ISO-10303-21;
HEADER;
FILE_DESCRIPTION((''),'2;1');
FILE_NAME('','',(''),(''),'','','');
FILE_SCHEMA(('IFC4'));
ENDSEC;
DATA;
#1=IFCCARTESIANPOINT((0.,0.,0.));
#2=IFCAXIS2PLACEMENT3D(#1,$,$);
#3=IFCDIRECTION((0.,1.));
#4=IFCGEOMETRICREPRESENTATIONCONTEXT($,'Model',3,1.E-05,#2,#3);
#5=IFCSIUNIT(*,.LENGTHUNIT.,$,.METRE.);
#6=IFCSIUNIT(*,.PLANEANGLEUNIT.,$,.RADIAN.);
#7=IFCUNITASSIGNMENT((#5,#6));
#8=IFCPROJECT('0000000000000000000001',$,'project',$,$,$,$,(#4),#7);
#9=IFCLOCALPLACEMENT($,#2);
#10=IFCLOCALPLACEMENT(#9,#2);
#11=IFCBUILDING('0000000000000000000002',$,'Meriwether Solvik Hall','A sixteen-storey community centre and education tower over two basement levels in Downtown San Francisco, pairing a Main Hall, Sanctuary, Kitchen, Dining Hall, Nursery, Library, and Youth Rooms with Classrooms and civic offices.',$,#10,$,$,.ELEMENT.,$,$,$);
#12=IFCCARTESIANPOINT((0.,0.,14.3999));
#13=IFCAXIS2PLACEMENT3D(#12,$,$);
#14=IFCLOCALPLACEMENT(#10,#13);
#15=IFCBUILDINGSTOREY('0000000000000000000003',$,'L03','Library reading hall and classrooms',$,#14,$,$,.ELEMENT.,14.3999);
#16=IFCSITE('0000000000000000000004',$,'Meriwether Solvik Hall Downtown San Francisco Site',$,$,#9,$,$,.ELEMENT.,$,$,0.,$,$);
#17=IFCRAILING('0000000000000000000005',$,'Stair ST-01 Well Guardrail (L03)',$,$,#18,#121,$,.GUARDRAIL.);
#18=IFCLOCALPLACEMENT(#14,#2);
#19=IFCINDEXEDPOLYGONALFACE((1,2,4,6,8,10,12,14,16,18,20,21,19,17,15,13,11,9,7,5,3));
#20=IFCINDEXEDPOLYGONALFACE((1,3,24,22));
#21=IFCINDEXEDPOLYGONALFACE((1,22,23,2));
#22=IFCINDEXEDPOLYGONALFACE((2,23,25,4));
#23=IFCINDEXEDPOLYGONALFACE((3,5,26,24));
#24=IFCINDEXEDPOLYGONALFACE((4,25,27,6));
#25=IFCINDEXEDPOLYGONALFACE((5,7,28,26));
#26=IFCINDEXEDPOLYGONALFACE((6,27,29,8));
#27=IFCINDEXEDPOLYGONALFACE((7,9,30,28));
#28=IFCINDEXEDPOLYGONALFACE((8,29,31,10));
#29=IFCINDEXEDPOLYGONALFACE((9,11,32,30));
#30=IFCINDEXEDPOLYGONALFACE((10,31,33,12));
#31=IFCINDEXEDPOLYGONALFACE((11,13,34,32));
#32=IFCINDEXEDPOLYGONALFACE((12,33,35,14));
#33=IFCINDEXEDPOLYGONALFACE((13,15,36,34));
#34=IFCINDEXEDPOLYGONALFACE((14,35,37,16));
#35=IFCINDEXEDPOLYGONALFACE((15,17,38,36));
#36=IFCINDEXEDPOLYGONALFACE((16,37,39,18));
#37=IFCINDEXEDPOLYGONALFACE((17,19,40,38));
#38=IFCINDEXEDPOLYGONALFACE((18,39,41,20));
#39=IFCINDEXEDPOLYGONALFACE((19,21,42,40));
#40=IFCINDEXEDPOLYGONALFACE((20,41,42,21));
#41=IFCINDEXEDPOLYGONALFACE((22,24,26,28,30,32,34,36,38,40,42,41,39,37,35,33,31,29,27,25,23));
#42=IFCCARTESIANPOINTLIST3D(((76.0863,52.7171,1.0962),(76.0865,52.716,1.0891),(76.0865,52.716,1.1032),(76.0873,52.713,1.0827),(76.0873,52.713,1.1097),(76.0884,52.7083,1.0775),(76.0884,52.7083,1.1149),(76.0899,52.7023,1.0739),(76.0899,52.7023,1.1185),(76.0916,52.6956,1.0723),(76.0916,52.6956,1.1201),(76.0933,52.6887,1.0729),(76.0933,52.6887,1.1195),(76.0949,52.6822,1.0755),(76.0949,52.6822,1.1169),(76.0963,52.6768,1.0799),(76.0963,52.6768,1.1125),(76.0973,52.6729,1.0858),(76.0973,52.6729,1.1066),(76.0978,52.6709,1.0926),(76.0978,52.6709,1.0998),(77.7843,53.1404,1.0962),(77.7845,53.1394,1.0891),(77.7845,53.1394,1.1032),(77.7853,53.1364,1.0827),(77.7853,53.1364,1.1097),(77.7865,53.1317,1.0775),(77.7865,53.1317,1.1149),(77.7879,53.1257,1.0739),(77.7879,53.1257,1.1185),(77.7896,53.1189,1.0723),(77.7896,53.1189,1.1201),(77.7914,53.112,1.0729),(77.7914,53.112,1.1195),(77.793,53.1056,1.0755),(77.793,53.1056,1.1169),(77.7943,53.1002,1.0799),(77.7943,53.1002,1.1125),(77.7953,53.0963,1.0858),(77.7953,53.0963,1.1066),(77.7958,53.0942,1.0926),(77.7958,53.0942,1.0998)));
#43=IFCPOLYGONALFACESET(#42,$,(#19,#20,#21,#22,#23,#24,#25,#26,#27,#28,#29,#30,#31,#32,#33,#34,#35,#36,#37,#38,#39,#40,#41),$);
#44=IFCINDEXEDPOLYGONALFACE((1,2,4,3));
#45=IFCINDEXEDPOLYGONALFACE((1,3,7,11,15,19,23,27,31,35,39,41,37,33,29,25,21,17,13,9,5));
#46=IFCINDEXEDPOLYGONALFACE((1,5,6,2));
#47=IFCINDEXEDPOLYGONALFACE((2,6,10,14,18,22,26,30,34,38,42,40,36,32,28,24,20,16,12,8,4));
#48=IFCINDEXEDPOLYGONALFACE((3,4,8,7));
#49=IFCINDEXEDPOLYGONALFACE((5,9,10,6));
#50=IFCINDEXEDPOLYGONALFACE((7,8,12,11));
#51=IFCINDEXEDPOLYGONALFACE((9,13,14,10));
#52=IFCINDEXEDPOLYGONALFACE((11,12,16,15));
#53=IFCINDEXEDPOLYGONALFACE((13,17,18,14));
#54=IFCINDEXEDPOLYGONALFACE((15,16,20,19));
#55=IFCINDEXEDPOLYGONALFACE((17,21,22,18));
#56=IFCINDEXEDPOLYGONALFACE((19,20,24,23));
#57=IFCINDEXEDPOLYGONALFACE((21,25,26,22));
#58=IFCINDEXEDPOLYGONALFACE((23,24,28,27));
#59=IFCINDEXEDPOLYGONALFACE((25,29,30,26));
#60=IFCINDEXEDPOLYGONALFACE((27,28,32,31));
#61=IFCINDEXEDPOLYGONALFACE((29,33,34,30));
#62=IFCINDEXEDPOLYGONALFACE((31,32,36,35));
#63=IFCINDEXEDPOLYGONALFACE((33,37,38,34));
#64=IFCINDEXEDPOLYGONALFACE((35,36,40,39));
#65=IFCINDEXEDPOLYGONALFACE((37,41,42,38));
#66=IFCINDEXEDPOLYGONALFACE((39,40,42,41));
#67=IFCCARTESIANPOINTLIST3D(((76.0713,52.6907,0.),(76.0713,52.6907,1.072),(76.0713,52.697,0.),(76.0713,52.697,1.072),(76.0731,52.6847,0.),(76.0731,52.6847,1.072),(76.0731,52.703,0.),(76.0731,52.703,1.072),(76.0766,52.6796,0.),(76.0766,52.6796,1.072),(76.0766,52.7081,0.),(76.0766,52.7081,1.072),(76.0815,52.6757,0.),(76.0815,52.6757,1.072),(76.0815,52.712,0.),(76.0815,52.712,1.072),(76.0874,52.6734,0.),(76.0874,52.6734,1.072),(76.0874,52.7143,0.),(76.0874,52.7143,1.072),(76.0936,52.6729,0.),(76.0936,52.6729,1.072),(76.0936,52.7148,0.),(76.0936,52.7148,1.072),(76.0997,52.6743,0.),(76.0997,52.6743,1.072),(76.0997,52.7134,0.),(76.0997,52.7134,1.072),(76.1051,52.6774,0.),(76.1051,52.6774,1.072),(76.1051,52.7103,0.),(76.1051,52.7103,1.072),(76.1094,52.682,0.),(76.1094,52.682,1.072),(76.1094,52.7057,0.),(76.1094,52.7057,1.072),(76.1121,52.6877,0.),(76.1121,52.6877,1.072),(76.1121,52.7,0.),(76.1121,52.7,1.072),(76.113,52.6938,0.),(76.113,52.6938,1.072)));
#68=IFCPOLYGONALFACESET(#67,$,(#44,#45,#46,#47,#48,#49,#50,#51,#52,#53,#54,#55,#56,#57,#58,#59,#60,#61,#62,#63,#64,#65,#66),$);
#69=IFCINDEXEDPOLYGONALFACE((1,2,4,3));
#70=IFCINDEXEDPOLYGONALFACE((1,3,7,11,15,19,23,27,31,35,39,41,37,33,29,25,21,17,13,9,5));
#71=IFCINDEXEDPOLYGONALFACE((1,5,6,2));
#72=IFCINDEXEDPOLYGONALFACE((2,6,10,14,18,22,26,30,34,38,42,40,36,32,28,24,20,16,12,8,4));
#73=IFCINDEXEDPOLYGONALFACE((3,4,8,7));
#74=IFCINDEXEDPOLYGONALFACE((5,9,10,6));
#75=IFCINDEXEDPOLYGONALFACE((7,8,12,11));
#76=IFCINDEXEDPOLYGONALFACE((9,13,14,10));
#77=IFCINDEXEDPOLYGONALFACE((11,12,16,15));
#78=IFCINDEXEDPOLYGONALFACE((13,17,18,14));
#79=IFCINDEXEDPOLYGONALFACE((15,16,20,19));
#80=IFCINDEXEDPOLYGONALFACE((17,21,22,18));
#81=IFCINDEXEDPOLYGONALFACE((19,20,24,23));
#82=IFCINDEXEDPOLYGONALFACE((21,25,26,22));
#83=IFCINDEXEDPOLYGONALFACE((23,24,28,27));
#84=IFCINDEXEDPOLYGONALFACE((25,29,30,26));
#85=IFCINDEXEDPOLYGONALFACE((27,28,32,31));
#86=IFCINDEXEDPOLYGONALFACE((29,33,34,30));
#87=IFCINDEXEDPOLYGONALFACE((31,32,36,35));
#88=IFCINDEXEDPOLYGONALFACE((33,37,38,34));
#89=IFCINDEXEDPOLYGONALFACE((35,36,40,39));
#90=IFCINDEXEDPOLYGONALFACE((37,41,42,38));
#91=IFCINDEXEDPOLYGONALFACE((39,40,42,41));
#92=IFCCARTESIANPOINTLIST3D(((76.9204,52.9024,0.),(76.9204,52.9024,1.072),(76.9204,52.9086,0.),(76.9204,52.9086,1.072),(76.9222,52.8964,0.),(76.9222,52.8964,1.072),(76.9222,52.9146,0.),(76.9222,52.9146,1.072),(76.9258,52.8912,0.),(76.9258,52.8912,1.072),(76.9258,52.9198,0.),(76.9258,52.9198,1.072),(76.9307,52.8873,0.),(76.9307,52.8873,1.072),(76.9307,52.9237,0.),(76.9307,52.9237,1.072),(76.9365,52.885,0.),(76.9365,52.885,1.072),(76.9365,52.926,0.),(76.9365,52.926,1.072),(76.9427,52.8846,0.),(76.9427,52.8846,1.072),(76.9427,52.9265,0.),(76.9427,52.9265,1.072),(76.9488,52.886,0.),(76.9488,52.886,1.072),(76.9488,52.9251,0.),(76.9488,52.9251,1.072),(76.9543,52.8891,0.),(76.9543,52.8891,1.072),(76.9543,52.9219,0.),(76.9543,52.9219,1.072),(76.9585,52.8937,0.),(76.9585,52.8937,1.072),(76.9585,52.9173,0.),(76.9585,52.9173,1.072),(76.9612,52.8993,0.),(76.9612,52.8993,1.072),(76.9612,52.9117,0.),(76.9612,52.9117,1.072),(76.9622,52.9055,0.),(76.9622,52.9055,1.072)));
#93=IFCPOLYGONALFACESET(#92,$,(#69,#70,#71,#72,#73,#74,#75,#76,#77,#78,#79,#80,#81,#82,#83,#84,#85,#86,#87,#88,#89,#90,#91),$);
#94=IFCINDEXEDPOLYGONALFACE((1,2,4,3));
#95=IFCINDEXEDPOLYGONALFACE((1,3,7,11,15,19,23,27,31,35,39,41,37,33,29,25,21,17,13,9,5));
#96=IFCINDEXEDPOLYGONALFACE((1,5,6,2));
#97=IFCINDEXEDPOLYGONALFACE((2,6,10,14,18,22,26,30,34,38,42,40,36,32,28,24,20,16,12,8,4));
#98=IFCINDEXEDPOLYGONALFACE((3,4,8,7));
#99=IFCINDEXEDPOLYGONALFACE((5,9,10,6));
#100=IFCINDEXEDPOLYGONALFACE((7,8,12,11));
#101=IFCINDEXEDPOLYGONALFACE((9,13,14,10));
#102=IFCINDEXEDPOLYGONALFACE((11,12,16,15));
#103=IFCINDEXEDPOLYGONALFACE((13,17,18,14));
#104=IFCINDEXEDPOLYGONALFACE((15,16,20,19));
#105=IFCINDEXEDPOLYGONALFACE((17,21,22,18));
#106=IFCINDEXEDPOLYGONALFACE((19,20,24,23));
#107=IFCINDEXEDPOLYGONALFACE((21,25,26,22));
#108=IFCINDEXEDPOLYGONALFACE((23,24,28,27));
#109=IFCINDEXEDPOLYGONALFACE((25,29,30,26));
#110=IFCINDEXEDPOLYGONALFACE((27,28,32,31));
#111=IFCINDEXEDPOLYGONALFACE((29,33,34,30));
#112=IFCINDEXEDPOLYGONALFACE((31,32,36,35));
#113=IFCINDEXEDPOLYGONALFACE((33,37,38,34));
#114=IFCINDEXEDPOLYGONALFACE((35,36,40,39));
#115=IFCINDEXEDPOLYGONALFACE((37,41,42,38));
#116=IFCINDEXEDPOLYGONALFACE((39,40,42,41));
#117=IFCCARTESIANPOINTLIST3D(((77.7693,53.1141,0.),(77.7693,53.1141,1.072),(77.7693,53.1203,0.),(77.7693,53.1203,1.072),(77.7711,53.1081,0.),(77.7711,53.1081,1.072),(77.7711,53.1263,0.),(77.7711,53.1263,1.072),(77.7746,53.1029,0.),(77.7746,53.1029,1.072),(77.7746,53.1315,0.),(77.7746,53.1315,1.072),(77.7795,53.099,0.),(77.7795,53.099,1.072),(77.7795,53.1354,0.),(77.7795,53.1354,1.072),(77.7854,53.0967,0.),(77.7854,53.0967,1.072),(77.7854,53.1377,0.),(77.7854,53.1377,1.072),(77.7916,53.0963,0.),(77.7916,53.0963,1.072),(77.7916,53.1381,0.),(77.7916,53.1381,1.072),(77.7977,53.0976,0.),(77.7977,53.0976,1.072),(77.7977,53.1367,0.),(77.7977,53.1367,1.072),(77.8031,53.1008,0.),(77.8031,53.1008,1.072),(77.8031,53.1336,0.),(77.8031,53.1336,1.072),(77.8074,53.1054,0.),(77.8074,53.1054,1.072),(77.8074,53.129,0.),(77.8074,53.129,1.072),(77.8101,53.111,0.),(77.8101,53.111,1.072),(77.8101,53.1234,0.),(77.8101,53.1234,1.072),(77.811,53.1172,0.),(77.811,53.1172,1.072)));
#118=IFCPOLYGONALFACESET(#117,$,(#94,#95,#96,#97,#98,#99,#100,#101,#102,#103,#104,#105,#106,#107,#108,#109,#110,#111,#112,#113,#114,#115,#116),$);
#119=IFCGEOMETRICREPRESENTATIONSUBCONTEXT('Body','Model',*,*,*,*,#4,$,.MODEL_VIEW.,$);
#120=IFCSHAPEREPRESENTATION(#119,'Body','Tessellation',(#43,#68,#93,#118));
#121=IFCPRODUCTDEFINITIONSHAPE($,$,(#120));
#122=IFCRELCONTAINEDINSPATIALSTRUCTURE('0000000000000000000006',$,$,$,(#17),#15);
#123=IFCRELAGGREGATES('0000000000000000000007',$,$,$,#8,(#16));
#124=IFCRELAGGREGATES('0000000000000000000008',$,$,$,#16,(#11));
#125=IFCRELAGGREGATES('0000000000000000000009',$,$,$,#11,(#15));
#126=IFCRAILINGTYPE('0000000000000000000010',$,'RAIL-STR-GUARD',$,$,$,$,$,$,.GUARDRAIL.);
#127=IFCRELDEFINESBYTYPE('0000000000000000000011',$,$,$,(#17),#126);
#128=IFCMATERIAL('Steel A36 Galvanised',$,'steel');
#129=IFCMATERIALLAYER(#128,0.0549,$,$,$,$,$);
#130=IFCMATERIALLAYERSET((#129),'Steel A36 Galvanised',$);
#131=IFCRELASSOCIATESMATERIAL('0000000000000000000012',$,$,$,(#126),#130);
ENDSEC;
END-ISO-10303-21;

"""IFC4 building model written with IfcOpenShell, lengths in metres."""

from ifc_helpers import new_model, si_unit, direction, frame, origin, origin_2d, place, context, subcontext, project, spatial, circle, extrude, material, layer, layer_set, type_object, element, save


model = new_model("IFC4")

# Units and contexts
model_context = context("Model", 3, precision=1e-05, world=origin(), true_north=direction((0.0, 1.0)))
body_context = subcontext(model_context, "Body", "Model", "MODEL_VIEW")
ifc_project = project(units=[si_unit("LENGTHUNIT", "METRE"), si_unit("PLANEANGLEUNIT", "RADIAN")], contexts=[model_context])

# Site, building, storey
site_placement = place(None, origin())
site = spatial("IfcSite", under=ifc_project, at=site_placement, Name="Meriwether Solvik Hall Downtown San Francisco Site", CompositionType="ELEMENT", RefElevation=0.0)
building_placement = place(site_placement, origin())
building = spatial("IfcBuilding", under=site, at=building_placement, Name="Meriwether Solvik Hall", Description="A sixteen-storey community centre and education tower over two basement levels in Downtown San Francisco, pairing a Main Hall, Sanctuary, Kitchen, Dining Hall, Nursery, Library, and Youth Rooms with Classrooms and civic offices.", CompositionType="ELEMENT")
storey_placement = place(building_placement, frame((0.0, 0.0, 14.3999)))
storey = spatial("IfcBuildingStorey", under=building, at=storey_placement, Name="L03", Description="Library reading hall and classrooms", CompositionType="ELEMENT", Elevation=14.3999)

# Railing
ifc_material_1 = material(Name="Steel A36 Galvanised", Category="steel")
ifc_layer_1 = layer(ifc_material_1, 0.0549)
ifc_layer_set_1 = layer_set([ifc_layer_1], Name="Steel A36 Galvanised")
railing_type_1 = type_object("IfcRailingType", Name="RAIL-STR-GUARD", PredefinedType="GUARDRAIL", material=ifc_layer_set_1)
railing_1_placement = place(storey_placement, frame((76.092, 52.6938, 0.0)))
element("IfcRailing", 1, at=railing_1_placement, inside=storey, type_object=railing_type_1, Name="Stair ST-01 Well Guardrail (L03)", PredefinedType="GUARDRAIL", context=body_context, shape_type="SweptSolid", body=[
    extrude(circle(Radius=0.0239, at=origin_2d()), frame((0.0, 0.0, 1.0962), z_axis=(0.970298, 0.241912, 0.0), x_axis=(-0.241912, 0.970298, 0.0)), (0.0, 0.0, 1.0), 1.75),
    extrude(circle(Radius=0.021, at=origin_2d()), origin(), (0.0, 0.0, 1.0), 1.072),
    extrude(circle(Radius=0.021, at=origin_2d()), frame((0.8491, 0.2117, 0.0)), (0.0, 0.0, 1.0), 1.072),
    extrude(circle(Radius=0.021, at=origin_2d()), frame((1.698, 0.4233, 0.0)), (0.0, 0.0, 1.0), 1.072),
])

save(model, "model.ifc")
